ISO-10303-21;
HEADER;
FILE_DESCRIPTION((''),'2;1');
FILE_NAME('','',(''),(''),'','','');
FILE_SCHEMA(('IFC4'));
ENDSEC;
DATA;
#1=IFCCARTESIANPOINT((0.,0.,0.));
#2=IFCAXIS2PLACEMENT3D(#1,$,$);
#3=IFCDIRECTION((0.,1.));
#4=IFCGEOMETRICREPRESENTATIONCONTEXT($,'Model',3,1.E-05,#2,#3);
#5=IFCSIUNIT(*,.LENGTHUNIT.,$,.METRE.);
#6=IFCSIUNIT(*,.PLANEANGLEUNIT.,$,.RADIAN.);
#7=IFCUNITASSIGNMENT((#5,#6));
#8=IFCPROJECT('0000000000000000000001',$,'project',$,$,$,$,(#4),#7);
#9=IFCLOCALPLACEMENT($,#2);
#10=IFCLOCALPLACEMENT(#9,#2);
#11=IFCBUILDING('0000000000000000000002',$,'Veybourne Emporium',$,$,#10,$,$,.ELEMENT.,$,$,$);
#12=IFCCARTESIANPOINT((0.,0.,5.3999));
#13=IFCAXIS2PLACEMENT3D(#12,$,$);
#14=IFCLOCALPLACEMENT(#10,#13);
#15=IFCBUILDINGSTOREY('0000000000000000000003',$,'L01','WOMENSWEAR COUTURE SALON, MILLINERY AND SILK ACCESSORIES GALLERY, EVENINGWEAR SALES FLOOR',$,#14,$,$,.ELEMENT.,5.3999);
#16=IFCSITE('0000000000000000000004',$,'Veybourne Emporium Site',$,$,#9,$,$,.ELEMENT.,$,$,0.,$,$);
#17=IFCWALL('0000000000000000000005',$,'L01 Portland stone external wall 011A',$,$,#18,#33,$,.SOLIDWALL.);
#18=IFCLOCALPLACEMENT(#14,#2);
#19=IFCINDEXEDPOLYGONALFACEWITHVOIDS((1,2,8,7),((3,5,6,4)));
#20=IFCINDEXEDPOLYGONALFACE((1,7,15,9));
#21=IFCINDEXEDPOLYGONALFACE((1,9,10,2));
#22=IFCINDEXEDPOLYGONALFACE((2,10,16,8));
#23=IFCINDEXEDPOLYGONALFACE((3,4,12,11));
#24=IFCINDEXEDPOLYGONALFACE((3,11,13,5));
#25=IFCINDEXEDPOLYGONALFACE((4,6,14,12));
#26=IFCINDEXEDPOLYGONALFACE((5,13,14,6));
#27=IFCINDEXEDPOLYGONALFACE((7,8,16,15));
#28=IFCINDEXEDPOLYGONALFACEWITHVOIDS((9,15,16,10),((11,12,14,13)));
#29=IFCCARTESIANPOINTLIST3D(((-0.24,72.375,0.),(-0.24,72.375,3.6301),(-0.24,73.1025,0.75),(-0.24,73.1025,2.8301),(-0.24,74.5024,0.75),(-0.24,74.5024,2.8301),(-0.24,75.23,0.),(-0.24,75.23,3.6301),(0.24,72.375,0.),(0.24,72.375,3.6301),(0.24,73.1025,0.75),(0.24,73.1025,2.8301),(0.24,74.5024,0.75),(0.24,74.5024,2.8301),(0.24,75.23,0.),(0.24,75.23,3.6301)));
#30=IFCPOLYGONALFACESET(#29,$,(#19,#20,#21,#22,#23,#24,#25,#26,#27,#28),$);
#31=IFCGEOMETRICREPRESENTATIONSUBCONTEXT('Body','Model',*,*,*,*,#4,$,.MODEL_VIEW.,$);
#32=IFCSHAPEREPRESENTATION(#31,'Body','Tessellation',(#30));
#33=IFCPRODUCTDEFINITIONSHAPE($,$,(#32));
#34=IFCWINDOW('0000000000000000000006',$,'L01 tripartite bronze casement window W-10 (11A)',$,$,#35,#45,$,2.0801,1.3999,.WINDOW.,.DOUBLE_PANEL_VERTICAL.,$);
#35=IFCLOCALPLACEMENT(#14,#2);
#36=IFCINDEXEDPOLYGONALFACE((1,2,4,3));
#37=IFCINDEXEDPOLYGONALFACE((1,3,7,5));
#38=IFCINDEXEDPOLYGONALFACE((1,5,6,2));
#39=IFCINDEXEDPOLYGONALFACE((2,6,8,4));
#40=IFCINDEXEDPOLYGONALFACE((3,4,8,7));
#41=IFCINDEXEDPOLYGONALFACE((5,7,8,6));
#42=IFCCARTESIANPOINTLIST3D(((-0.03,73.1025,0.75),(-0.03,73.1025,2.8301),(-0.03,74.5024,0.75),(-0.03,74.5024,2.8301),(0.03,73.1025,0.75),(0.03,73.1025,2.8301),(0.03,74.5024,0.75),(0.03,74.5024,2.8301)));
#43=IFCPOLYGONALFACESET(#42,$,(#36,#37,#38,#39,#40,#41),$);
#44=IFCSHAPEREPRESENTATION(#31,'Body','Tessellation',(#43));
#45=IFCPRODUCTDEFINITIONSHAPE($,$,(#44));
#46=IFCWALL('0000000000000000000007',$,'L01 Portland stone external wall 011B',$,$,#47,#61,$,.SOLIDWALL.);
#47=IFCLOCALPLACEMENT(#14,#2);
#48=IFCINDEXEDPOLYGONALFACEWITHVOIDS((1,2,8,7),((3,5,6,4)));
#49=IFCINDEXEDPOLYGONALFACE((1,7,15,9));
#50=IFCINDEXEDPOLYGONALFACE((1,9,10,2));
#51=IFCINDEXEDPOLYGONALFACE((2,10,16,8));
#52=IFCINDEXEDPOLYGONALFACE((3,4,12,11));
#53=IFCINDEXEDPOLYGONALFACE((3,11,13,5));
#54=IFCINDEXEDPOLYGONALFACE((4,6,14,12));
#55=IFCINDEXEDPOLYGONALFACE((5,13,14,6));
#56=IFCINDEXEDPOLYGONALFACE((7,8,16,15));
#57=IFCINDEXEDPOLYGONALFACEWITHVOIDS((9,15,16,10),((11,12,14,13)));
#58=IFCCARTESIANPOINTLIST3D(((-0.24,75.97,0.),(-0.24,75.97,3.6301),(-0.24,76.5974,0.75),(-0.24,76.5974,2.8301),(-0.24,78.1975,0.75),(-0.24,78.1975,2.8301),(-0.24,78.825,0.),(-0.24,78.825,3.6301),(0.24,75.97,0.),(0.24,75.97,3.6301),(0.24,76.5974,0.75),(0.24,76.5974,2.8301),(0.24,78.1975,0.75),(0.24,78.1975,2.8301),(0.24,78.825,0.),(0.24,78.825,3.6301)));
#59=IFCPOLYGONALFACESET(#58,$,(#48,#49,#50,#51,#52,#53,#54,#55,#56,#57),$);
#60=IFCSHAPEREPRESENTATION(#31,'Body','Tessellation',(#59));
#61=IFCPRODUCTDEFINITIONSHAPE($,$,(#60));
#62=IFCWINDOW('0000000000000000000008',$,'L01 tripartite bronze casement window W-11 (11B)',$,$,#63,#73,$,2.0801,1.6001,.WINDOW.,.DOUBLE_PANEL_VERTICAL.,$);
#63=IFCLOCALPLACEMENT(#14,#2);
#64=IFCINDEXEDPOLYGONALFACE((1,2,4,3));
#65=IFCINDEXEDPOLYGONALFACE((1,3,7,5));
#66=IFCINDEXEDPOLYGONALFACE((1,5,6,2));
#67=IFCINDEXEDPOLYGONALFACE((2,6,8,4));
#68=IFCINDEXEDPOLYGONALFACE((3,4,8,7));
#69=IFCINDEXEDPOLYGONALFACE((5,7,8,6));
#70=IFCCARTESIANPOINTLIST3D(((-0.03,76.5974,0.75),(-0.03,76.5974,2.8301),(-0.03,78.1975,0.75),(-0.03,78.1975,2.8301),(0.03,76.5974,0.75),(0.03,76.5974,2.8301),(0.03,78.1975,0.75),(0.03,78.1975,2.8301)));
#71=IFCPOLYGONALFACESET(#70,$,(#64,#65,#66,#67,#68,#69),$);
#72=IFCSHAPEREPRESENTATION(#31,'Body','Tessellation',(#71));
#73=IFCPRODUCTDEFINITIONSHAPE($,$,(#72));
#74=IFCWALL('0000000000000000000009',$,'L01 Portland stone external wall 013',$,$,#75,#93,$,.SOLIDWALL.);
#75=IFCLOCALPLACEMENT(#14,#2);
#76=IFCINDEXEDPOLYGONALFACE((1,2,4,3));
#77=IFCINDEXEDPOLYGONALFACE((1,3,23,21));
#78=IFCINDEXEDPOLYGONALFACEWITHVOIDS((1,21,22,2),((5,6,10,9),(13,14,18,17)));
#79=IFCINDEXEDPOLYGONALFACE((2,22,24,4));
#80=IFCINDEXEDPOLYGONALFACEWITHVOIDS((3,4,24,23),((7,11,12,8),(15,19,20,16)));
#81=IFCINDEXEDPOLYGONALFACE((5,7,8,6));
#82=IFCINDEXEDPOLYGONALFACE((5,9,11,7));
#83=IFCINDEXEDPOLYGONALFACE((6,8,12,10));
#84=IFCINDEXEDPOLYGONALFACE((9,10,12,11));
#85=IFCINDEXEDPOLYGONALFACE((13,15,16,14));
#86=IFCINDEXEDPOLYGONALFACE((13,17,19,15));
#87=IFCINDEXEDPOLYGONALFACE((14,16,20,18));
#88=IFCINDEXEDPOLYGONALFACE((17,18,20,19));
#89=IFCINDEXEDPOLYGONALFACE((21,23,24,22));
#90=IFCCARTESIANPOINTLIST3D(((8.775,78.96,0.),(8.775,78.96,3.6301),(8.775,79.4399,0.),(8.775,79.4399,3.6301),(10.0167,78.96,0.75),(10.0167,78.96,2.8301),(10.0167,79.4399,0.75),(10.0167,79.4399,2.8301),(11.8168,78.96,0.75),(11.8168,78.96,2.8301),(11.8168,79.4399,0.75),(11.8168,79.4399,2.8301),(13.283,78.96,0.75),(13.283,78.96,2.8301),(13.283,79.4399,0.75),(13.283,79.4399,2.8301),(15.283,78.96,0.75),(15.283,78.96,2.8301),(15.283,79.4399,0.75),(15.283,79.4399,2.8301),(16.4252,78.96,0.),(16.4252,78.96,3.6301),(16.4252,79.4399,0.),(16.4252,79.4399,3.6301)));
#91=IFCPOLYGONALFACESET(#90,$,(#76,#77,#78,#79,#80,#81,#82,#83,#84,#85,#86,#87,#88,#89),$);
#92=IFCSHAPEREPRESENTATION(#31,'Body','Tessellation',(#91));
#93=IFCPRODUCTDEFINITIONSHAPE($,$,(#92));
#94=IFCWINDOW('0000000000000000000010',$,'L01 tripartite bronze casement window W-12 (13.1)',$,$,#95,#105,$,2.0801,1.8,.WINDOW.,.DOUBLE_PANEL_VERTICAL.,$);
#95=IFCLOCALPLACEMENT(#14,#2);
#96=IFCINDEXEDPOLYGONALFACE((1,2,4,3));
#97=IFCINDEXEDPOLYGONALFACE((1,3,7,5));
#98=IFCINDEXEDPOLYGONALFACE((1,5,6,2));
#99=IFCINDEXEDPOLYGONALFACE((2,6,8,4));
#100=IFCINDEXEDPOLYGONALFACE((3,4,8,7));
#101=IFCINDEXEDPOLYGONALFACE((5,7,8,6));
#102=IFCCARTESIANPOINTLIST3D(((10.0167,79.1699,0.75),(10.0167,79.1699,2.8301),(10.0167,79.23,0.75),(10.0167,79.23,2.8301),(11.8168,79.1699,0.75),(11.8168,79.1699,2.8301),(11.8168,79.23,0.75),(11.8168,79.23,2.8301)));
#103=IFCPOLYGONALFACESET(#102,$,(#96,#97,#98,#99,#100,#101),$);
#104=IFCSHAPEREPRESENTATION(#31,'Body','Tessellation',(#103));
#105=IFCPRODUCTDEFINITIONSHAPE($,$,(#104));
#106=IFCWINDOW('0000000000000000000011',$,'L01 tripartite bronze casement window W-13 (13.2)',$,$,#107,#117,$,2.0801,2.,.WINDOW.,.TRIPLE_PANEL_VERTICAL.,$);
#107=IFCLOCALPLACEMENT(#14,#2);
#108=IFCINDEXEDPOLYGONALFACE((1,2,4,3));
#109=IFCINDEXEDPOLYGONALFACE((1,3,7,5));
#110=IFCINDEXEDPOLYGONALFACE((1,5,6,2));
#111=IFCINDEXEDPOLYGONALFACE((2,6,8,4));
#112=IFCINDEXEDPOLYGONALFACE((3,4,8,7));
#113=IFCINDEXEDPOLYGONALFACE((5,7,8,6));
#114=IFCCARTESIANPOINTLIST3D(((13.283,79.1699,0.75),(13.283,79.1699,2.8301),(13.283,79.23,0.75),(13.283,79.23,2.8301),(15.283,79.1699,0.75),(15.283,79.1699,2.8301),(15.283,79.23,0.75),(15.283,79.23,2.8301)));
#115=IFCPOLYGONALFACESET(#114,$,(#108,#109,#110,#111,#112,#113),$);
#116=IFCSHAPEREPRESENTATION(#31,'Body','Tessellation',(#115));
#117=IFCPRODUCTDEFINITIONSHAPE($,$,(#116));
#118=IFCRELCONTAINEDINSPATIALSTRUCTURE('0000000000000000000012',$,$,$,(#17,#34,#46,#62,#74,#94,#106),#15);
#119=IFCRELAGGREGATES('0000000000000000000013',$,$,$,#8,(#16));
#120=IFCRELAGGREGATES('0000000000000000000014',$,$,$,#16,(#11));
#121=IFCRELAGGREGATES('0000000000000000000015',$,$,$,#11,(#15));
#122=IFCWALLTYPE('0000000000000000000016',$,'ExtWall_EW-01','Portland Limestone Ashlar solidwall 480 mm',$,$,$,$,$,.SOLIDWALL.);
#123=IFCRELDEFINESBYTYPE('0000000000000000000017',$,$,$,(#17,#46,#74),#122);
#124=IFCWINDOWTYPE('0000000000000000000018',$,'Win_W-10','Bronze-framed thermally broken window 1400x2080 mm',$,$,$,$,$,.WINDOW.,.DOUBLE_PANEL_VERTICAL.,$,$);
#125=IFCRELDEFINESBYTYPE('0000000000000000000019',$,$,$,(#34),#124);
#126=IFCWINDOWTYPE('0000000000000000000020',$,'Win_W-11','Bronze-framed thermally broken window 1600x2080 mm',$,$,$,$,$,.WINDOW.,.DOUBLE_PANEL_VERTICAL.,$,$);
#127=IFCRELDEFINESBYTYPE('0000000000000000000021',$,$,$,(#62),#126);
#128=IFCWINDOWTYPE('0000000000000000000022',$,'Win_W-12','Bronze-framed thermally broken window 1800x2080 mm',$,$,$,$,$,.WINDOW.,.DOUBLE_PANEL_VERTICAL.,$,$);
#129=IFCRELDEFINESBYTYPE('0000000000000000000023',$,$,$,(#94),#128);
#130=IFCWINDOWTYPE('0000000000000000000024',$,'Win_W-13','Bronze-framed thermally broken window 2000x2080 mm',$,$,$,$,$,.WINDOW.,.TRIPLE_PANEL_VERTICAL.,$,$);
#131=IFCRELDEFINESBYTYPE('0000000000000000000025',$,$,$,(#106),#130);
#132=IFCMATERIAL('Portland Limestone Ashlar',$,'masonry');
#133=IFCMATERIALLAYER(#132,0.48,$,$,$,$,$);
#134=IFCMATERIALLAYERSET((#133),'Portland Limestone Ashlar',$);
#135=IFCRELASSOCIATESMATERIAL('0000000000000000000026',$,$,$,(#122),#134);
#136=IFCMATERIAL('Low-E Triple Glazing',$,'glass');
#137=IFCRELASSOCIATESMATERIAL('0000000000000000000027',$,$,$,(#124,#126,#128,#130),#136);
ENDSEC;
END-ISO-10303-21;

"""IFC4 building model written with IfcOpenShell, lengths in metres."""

from ifc_helpers import new_model, si_unit, direction, frame, frame_2d, origin, place, context, subcontext, project, spatial, rectangle, extrude, material, layer, layer_set, type_object, element, fill, save


model = new_model("IFC4")

# Units and contexts
model_context = context("Model", 3, precision=1e-05, world=origin(), true_north=direction((0.0, 1.0)))
body_context = subcontext(model_context, "Body", "Model", "MODEL_VIEW")
ifc_project = project(units=[si_unit("LENGTHUNIT", "METRE"), si_unit("PLANEANGLEUNIT", "RADIAN")], contexts=[model_context])

# Site, building, storey
site_placement = place(None, origin())
site = spatial("IfcSite", under=ifc_project, at=site_placement, Name="Veybourne Emporium Site", CompositionType="ELEMENT", RefElevation=0.0)
building_placement = place(site_placement, origin())
building = spatial("IfcBuilding", under=site, at=building_placement, Name="Veybourne Emporium", CompositionType="ELEMENT")
storey_placement = place(building_placement, frame((0.0, 0.0, 5.3999)))
storey = spatial("IfcBuildingStorey", under=building, at=storey_placement, Name="L01", Description="WOMENSWEAR COUTURE SALON, MILLINERY AND SILK ACCESSORIES GALLERY, EVENINGWEAR SALES FLOOR", CompositionType="ELEMENT", Elevation=5.3999)

# Shared definitions
ifc_material_1 = material(Name="Portland Limestone Ashlar", Category="masonry")
ifc_layer_1 = layer(ifc_material_1, 0.48)
ifc_layer_set_1 = layer_set([ifc_layer_1], Name="Portland Limestone Ashlar")
wall_type = type_object("IfcWallType", Name="ExtWall_EW-01", Description="Portland Limestone Ashlar solidwall 480 mm", PredefinedType="SOLIDWALL", material=ifc_layer_set_1)
ifc_material_2 = material(Name="Low-E Triple Glazing", Category="glass")

# Walls, openings, windows
wall_1_placement = place(storey_placement, frame((0.0, 72.375, 0.0), z_axis=(0.0, 0.0, 1.0), x_axis=(0.0, 1.0, 0.0)))
wall_1 = element("IfcWall", 1, at=wall_1_placement, inside=storey, type_object=wall_type, Name="L01 Portland stone external wall 011A", PredefinedType="SOLIDWALL", context=body_context, shape_type="SweptSolid", body=[
    extrude(rectangle(XDim=2.855, YDim=0.48, at=frame_2d((1.4275, 0.0))), origin(), (0.0, 0.0, 1.0), 3.6301),
])
opening_1_placement = place(wall_1_placement, frame((0.7275, 0.0, 0.75)))
opening_1 = element("IfcOpeningElement", 2, at=opening_1_placement, cuts=wall_1, PredefinedType="OPENING", context=body_context, shape_type="SweptSolid", body=[
    extrude(rectangle(XDim=1.3999, YDim=2.0801, at=frame_2d((0.7, 1.04))), frame((0.0, 0.26, 0.0), z_axis=(0.0, -1.0, 0.0), x_axis=(1.0, 0.0, 0.0)), (0.0, 0.0, 1.0), 0.52),
])
window_type_1 = type_object("IfcWindowType", Name="Win_W-10", Description="Bronze-framed thermally broken window 1400x2080 mm", PartitioningType="DOUBLE_PANEL_VERTICAL", PredefinedType="WINDOW", material=ifc_material_2)
window_1_placement = place(opening_1_placement, origin())
window_1 = element("IfcWindow", 3, at=window_1_placement, inside=storey, type_object=window_type_1, Name="L01 tripartite bronze casement window W-10 (11A)", OverallHeight=2.0801, OverallWidth=1.3999, PartitioningType="DOUBLE_PANEL_VERTICAL", PredefinedType="WINDOW", context=body_context, shape_type="SweptSolid", body=[
    extrude(rectangle(XDim=1.3999, YDim=2.0801, at=frame_2d((0.7, 1.04))), frame((0.0, 0.03, 0.0), z_axis=(0.0, -1.0, 0.0), x_axis=(1.0, 0.0, 0.0)), (0.0, 0.0, 1.0), 0.0601),
])
fill(opening_1, window_1)
wall_2_placement = place(storey_placement, frame((0.0, 75.97, 0.0), z_axis=(0.0, 0.0, 1.0), x_axis=(0.0, 1.0, 0.0)))
wall_2 = element("IfcWall", 4, at=wall_2_placement, inside=storey, type_object=wall_type, Name="L01 Portland stone external wall 011B", PredefinedType="SOLIDWALL", context=body_context, shape_type="SweptSolid", body=[
    extrude(rectangle(XDim=2.855, YDim=0.48, at=frame_2d((1.4275, 0.0))), origin(), (0.0, 0.0, 1.0), 3.6301),
])
opening_2_placement = place(wall_2_placement, frame((0.6274, 0.0, 0.75)))
opening_2 = element("IfcOpeningElement", 5, at=opening_2_placement, cuts=wall_2, PredefinedType="OPENING", context=body_context, shape_type="SweptSolid", body=[
    extrude(rectangle(XDim=1.6001, YDim=2.0801, at=frame_2d((0.8, 1.04))), frame((0.0, 0.26, 0.0), z_axis=(0.0, -1.0, 0.0), x_axis=(1.0, 0.0, 0.0)), (0.0, 0.0, 1.0), 0.52),
])
window_type_2 = type_object("IfcWindowType", Name="Win_W-11", Description="Bronze-framed thermally broken window 1600x2080 mm", PartitioningType="DOUBLE_PANEL_VERTICAL", PredefinedType="WINDOW", material=ifc_material_2)
window_2_placement = place(opening_2_placement, origin())
window_2 = element("IfcWindow", 6, at=window_2_placement, inside=storey, type_object=window_type_2, Name="L01 tripartite bronze casement window W-11 (11B)", OverallHeight=2.0801, OverallWidth=1.6001, PartitioningType="DOUBLE_PANEL_VERTICAL", PredefinedType="WINDOW", context=body_context, shape_type="SweptSolid", body=[
    extrude(rectangle(XDim=1.6001, YDim=2.0801, at=frame_2d((0.8, 1.04))), frame((0.0, 0.03, 0.0), z_axis=(0.0, -1.0, 0.0), x_axis=(1.0, 0.0, 0.0)), (0.0, 0.0, 1.0), 0.0601),
])
fill(opening_2, window_2)

# Wall, openings, windows
wall_3_placement = place(storey_placement, frame((8.7749, 79.2, 0.0), z_axis=(0.0, 0.0, 1.0), x_axis=(1.0, 0.0, 0.0)))
wall_3 = element("IfcWall", 7, at=wall_3_placement, inside=storey, type_object=wall_type, Name="L01 Portland stone external wall 013", PredefinedType="SOLIDWALL", context=body_context, shape_type="SweptSolid", body=[
    extrude(rectangle(XDim=7.6501, YDim=0.48, at=frame_2d((3.8252, 0.0))), origin(), (0.0, 0.0, 1.0), 3.6301),
])
opening_3_placement = place(wall_3_placement, frame((1.2419, 0.0, 0.75)))
opening_3 = element("IfcOpeningElement", 8, at=opening_3_placement, cuts=wall_3, PredefinedType="OPENING", context=body_context, shape_type="SweptSolid", body=[
    extrude(rectangle(XDim=1.8, YDim=2.0801, at=frame_2d((0.8999, 1.04))), frame((0.0, 0.26, 0.0), z_axis=(0.0, -1.0, 0.0), x_axis=(1.0, 0.0, 0.0)), (0.0, 0.0, 1.0), 0.52),
])
opening_4_placement = place(wall_3_placement, frame((4.5081, 0.0, 0.75)))
opening_4 = element("IfcOpeningElement", 9, at=opening_4_placement, cuts=wall_3, PredefinedType="OPENING", context=body_context, shape_type="SweptSolid", body=[
    extrude(rectangle(XDim=2.0, YDim=2.0801, at=frame_2d((1.0, 1.04))), frame((0.0, 0.26, 0.0), z_axis=(0.0, -1.0, 0.0), x_axis=(1.0, 0.0, 0.0)), (0.0, 0.0, 1.0), 0.52),
])
window_type_3 = type_object("IfcWindowType", Name="Win_W-12", Description="Bronze-framed thermally broken window 1800x2080 mm", PartitioningType="DOUBLE_PANEL_VERTICAL", PredefinedType="WINDOW", material=ifc_material_2)
window_3_placement = place(opening_3_placement, origin())
window_3 = element("IfcWindow", 10, at=window_3_placement, inside=storey, type_object=window_type_3, Name="L01 tripartite bronze casement window W-12 (13.1)", OverallHeight=2.0801, OverallWidth=1.8, PartitioningType="DOUBLE_PANEL_VERTICAL", PredefinedType="WINDOW", context=body_context, shape_type="SweptSolid", body=[
    extrude(rectangle(XDim=1.8, YDim=2.0801, at=frame_2d((0.8999, 1.04))), frame((0.0, 0.03, 0.0), z_axis=(0.0, -1.0, 0.0), x_axis=(1.0, 0.0, 0.0)), (0.0, 0.0, 1.0), 0.0601),
])
fill(opening_3, window_3)
window_type_4 = type_object("IfcWindowType", Name="Win_W-13", Description="Bronze-framed thermally broken window 2000x2080 mm", PartitioningType="TRIPLE_PANEL_VERTICAL", PredefinedType="WINDOW", material=ifc_material_2)
window_4_placement = place(opening_4_placement, origin())
window_4 = element("IfcWindow", 11, at=window_4_placement, inside=storey, type_object=window_type_4, Name="L01 tripartite bronze casement window W-13 (13.2)", OverallHeight=2.0801, OverallWidth=2.0, PartitioningType="TRIPLE_PANEL_VERTICAL", PredefinedType="WINDOW", context=body_context, shape_type="SweptSolid", body=[
    extrude(rectangle(XDim=2.0, YDim=2.0801, at=frame_2d((1.0, 1.04))), frame((0.0, 0.03, 0.0), z_axis=(0.0, -1.0, 0.0), x_axis=(1.0, 0.0, 0.0)), (0.0, 0.0, 1.0), 0.0601),
])
fill(opening_4, window_4)

save(model, "model.ifc")
